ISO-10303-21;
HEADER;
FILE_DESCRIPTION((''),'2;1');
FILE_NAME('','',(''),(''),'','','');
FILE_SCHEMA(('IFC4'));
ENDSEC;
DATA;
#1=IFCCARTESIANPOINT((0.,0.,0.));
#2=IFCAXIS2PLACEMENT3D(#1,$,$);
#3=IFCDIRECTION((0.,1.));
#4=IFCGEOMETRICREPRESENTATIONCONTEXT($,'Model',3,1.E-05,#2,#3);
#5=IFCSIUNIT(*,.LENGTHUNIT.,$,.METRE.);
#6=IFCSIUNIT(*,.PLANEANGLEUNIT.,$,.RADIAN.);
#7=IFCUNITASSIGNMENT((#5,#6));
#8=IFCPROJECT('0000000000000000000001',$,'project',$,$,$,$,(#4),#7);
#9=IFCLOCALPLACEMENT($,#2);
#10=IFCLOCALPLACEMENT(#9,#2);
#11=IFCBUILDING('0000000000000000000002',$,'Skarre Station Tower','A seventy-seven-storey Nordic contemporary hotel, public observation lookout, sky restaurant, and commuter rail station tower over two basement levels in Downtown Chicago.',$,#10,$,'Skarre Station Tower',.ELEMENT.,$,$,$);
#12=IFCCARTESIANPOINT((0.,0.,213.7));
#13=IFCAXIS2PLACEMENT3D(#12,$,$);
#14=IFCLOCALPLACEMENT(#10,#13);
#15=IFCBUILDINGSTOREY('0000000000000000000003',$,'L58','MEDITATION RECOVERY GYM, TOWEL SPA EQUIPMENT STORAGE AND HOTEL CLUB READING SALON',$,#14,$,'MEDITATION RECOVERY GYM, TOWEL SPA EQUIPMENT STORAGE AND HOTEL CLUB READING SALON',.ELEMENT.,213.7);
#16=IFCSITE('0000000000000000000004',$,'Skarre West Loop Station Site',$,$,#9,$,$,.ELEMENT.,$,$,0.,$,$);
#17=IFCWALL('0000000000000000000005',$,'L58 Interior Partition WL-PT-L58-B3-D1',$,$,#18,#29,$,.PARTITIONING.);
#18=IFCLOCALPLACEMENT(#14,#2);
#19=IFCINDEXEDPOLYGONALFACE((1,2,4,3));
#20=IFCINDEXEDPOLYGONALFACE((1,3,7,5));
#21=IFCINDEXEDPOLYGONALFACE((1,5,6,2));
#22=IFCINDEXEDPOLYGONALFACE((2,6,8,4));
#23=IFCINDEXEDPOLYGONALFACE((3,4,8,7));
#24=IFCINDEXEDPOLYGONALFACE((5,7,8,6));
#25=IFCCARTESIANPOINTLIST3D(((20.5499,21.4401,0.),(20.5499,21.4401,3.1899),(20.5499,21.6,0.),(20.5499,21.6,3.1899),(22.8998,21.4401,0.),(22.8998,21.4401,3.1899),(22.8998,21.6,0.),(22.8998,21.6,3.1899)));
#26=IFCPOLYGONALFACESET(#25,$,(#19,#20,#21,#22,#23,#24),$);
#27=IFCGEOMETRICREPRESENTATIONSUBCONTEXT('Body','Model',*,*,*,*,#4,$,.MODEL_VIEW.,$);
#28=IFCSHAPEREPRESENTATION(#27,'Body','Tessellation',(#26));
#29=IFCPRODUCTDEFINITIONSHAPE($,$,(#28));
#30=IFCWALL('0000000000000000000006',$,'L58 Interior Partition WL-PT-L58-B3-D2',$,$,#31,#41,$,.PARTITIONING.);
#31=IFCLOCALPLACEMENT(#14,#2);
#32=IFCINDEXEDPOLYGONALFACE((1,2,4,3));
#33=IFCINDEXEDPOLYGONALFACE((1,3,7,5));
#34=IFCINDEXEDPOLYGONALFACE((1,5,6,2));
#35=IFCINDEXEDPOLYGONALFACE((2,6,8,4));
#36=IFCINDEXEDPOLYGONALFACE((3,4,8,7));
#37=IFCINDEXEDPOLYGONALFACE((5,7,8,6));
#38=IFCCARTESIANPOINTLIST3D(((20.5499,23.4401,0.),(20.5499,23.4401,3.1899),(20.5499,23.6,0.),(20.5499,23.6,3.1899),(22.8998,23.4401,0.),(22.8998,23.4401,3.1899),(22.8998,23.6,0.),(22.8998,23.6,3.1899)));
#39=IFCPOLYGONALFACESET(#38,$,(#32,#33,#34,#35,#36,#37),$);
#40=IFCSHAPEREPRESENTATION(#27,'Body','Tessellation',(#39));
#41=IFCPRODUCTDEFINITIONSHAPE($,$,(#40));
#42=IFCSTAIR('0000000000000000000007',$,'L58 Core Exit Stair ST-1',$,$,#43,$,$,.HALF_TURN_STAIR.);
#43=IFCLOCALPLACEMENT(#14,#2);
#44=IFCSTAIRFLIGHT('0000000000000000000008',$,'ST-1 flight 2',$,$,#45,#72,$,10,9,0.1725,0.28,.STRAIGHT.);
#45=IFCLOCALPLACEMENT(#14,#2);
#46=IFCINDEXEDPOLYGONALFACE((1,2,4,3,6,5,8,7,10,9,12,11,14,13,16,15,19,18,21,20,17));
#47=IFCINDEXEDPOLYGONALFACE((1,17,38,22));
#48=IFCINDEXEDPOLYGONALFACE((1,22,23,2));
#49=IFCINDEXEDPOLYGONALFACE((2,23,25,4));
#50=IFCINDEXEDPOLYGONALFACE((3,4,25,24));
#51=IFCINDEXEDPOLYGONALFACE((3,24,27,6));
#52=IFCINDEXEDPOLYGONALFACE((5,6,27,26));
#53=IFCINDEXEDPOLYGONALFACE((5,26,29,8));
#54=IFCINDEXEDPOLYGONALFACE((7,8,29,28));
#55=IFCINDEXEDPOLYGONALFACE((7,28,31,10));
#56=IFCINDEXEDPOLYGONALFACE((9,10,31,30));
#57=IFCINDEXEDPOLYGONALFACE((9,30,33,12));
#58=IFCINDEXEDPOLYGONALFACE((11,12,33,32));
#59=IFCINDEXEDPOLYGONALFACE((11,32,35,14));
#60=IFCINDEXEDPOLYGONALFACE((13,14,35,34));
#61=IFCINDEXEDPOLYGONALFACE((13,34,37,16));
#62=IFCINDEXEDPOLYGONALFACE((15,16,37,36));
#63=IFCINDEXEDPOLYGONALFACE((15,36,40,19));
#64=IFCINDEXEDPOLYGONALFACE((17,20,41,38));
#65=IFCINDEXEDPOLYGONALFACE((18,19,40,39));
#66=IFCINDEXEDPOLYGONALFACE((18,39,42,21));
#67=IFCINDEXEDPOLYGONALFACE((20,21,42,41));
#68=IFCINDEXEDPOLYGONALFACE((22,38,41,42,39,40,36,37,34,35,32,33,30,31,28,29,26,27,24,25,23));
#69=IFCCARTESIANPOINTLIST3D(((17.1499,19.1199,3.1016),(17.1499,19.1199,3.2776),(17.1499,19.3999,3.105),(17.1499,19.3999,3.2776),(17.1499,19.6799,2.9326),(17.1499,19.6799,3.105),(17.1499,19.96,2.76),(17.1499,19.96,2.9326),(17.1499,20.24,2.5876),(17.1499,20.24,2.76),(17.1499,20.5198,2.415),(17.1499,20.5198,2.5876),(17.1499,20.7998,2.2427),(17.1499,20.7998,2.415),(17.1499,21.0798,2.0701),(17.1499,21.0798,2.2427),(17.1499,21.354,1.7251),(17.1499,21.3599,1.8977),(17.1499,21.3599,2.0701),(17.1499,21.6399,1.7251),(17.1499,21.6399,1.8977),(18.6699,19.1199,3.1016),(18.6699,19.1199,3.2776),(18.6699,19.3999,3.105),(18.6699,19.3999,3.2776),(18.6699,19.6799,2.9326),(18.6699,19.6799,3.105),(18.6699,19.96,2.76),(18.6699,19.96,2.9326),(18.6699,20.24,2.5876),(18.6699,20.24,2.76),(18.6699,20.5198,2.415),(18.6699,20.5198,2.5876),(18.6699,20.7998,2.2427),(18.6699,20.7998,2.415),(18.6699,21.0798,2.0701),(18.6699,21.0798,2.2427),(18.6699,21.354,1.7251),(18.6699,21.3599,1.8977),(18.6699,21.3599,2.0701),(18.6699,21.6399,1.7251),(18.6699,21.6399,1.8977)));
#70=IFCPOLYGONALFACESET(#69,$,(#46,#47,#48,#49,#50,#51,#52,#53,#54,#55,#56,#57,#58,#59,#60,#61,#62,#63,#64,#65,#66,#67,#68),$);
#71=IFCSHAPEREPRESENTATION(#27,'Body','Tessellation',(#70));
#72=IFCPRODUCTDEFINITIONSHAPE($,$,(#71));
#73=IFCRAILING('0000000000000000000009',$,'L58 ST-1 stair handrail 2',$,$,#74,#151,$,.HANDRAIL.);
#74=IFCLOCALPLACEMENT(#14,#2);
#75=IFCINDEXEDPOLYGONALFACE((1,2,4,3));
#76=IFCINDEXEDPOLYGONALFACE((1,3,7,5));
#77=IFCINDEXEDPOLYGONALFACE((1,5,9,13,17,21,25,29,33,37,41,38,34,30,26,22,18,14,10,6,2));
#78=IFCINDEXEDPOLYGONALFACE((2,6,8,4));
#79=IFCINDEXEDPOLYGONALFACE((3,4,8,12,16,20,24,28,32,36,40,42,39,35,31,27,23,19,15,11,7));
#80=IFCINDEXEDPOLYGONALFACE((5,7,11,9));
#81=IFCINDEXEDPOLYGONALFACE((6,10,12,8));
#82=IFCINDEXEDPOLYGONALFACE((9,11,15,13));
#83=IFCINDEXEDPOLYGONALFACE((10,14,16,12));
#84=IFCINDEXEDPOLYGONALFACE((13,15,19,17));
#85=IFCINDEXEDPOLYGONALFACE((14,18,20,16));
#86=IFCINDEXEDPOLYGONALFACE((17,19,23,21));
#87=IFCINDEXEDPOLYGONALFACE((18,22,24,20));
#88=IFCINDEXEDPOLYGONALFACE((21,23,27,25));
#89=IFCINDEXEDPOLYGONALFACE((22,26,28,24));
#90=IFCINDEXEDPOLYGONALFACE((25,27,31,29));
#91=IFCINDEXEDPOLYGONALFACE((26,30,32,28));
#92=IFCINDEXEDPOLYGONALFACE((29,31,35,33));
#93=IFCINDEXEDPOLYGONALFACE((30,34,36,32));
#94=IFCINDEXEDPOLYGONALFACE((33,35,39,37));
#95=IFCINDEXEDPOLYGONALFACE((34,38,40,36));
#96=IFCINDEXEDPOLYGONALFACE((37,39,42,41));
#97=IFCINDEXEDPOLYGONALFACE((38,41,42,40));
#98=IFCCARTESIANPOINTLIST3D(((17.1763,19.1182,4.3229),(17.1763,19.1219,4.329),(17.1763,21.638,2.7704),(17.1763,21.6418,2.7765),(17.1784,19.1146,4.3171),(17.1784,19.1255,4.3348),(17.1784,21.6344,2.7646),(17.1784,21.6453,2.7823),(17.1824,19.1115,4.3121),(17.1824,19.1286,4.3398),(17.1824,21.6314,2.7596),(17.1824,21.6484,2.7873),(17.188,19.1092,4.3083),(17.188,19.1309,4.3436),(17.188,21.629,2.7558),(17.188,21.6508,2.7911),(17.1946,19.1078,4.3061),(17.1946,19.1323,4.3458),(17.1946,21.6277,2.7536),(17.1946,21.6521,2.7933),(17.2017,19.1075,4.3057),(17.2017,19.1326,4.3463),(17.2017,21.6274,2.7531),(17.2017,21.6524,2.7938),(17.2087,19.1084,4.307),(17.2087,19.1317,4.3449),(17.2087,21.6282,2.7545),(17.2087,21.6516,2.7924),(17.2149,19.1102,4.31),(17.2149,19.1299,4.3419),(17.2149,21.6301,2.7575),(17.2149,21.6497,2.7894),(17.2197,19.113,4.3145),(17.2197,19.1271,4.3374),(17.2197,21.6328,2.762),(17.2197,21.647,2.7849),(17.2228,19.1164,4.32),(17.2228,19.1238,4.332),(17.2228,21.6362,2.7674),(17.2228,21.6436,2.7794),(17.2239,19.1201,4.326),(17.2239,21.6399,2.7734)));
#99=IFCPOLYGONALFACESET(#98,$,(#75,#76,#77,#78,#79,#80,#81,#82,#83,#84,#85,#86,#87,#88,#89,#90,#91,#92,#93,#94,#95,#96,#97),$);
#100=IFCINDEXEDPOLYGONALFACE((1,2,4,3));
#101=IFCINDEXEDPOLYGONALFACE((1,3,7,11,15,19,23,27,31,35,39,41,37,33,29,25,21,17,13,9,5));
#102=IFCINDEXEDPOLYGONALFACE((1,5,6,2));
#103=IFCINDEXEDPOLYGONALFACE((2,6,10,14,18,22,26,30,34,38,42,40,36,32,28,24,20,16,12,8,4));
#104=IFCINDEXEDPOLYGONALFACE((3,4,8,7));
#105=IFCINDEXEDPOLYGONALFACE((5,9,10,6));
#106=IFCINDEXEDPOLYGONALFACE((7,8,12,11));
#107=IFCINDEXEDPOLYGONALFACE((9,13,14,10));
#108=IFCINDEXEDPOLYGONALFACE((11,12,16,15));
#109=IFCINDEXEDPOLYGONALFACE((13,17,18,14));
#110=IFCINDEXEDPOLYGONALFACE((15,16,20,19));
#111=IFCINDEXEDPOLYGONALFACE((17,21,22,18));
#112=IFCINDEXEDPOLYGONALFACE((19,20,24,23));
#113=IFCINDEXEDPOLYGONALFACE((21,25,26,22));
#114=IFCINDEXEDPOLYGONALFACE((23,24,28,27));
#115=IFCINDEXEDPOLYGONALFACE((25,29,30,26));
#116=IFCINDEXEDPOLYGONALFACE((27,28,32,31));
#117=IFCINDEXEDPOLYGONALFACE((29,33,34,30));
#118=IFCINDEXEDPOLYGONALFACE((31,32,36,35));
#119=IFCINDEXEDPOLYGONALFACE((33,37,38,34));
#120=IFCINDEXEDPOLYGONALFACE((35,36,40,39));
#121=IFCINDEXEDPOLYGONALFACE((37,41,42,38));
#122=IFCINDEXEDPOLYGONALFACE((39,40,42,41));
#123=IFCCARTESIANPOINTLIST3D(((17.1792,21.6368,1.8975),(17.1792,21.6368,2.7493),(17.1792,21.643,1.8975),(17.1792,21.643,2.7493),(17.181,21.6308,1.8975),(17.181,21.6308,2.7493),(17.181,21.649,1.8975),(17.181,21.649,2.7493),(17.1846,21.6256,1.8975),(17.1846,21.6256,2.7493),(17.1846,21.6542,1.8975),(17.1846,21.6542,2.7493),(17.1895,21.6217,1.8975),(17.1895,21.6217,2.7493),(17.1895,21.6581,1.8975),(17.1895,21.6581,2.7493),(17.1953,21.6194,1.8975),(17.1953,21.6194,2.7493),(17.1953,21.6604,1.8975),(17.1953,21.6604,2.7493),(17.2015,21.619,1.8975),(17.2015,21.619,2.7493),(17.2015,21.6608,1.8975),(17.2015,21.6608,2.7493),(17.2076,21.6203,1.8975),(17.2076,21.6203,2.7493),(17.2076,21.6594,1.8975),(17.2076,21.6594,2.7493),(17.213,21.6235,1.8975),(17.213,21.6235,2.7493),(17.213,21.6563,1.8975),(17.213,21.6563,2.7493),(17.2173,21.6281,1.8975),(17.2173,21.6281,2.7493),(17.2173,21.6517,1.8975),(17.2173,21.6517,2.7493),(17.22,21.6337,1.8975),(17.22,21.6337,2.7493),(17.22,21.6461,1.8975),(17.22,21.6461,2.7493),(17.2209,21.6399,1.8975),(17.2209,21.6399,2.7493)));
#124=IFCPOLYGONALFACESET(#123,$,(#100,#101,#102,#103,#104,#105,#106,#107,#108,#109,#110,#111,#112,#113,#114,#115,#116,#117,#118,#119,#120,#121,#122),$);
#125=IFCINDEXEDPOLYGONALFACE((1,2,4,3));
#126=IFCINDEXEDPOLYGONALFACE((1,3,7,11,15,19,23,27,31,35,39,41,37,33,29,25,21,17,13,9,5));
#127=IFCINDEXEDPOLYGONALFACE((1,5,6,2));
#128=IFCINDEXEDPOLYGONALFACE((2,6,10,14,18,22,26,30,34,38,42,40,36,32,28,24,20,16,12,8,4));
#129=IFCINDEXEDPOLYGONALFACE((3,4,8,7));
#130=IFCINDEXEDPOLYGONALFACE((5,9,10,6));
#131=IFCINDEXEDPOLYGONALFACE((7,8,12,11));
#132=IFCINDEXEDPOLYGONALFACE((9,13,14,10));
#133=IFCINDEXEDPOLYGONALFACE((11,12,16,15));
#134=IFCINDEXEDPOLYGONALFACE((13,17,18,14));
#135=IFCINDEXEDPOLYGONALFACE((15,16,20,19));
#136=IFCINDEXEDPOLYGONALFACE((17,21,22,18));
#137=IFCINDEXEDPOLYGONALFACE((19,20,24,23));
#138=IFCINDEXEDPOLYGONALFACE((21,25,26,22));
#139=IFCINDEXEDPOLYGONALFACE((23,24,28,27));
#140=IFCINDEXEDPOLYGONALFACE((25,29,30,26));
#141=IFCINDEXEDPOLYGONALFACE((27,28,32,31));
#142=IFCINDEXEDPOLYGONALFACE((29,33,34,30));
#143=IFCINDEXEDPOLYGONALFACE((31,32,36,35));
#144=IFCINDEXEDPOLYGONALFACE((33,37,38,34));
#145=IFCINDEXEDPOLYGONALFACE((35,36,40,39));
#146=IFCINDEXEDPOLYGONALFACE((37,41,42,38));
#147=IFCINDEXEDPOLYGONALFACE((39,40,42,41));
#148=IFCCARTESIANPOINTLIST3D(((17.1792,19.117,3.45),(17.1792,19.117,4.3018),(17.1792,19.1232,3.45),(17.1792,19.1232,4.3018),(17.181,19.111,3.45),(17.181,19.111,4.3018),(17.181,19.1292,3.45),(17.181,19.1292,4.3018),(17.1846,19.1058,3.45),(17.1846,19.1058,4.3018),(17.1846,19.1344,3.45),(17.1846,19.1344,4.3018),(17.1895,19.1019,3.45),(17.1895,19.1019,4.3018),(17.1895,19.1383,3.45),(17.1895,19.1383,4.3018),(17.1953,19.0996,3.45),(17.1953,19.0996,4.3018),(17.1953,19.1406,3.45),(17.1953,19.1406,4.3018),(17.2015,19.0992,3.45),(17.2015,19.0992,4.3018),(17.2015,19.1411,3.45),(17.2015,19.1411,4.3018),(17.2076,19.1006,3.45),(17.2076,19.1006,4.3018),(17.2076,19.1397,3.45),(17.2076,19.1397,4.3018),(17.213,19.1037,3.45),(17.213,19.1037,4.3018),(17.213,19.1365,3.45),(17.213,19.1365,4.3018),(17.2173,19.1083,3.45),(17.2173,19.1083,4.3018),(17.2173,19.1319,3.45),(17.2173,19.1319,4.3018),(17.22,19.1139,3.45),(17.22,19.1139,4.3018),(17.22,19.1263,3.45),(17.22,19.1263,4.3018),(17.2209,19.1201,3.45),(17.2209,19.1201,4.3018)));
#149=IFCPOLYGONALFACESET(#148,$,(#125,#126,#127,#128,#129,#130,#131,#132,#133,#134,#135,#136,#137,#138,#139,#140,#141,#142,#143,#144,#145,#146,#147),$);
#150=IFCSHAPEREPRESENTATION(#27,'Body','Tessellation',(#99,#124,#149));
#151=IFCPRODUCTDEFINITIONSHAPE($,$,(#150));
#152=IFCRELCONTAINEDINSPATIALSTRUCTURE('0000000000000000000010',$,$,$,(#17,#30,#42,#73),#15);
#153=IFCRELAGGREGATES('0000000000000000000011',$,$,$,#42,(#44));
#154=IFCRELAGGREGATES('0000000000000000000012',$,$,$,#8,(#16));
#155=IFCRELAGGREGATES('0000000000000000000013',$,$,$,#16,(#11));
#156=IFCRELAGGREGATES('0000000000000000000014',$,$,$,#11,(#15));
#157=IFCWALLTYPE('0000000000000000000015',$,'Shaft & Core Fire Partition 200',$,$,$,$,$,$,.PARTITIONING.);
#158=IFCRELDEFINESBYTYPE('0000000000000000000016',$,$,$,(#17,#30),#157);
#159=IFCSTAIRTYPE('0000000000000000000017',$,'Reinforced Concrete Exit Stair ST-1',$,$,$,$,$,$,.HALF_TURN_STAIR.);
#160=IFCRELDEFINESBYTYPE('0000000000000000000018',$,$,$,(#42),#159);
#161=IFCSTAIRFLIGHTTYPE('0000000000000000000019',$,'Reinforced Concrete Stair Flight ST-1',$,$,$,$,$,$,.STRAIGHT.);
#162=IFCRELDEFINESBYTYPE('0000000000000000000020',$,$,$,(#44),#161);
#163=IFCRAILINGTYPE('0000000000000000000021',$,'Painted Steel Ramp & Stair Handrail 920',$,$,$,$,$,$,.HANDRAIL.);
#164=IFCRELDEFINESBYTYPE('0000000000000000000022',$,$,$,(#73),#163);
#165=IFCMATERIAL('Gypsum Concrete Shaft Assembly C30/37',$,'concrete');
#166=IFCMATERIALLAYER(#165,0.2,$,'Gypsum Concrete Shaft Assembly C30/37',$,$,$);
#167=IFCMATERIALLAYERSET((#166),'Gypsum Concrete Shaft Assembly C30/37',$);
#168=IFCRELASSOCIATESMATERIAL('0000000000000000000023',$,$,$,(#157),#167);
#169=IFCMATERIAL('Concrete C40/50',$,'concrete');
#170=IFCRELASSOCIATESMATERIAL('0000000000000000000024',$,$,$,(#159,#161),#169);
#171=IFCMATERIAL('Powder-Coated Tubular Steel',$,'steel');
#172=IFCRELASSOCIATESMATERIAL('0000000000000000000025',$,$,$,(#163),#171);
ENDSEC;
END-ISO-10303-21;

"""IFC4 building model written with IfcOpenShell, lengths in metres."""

from ifc_helpers import new_model, si_unit, direction, frame, frame_2d, origin, origin_2d, place, context, subcontext, project, spatial, polyline, rectangle, circle, outline, extrude, material, layer, layer_set, type_object, element, aggregate, save


model = new_model("IFC4")

# Units and contexts
model_context = context("Model", 3, precision=1e-05, world=origin(), true_north=direction((0.0, 1.0)))
body_context = subcontext(model_context, "Body", "Model", "MODEL_VIEW")
ifc_project = project(units=[si_unit("LENGTHUNIT", "METRE"), si_unit("PLANEANGLEUNIT", "RADIAN")], contexts=[model_context])

# Site, building, storey
site_placement = place(None, origin())
site = spatial("IfcSite", under=ifc_project, at=site_placement, Name="Skarre West Loop Station Site", CompositionType="ELEMENT", RefElevation=0.0)
building_placement = place(site_placement, origin())
building = spatial("IfcBuilding", under=site, at=building_placement, Name="Skarre Station Tower", Description="A seventy-seven-storey Nordic contemporary hotel, public observation lookout, sky restaurant, and commuter rail station tower over two basement levels in Downtown Chicago.", LongName="Skarre Station Tower", CompositionType="ELEMENT")
storey_placement = place(building_placement, frame((0.0, 0.0, 213.7)))
storey = spatial("IfcBuildingStorey", under=building, at=storey_placement, Name="L58", Description="MEDITATION RECOVERY GYM, TOWEL SPA EQUIPMENT STORAGE AND HOTEL CLUB READING SALON", LongName="MEDITATION RECOVERY GYM, TOWEL SPA EQUIPMENT STORAGE AND HOTEL CLUB READING SALON", CompositionType="ELEMENT", Elevation=213.7)

# Shared definitions
ifc_material_1 = material(Name="Gypsum Concrete Shaft Assembly C30/37", Category="concrete")
ifc_layer_1 = layer(ifc_material_1, 0.2, Name="Gypsum Concrete Shaft Assembly C30/37")
ifc_layer_set_1 = layer_set([ifc_layer_1], Name="Gypsum Concrete Shaft Assembly C30/37")
wall_type_1 = type_object("IfcWallType", Name="Shaft & Core Fire Partition 200", PredefinedType="PARTITIONING", material=ifc_layer_set_1)

# Walls
for number, where, z_axis, x_axis, name in (
    (1, (20.55, 21.52, 0.0), (0.0, 0.0, 1.0), (1.0, 0.0, 0.0), "L58 Interior Partition WL-PT-L58-B3-D1"),
    (2, (20.55, 23.52, 0.0), (0.0, 0.0, 1.0), (1.0, 0.0, 0.0), "L58 Interior Partition WL-PT-L58-B3-D2"),
):
    element("IfcWall", number, at=place(storey_placement, frame(where, z_axis=z_axis, x_axis=x_axis)), inside=storey, type_object=wall_type_1, Name=name, PredefinedType="PARTITIONING", context=body_context, shape_type="SweptSolid", body=[
        extrude(rectangle(XDim=2.3499, YDim=0.1599, at=frame_2d((1.1748, 0.0))), origin(), (0.0, 0.0, 1.0), 3.1899),
    ])

# Stair, stair flight
ifc_material_2 = material(Name="Concrete C40/50", Category="concrete")
stair_type = type_object("IfcStairType", Name="Reinforced Concrete Exit Stair ST-1", PredefinedType="HALF_TURN_STAIR", material=ifc_material_2)
stair_placement = place(storey_placement, origin())
stair = element("IfcStair", 3, at=stair_placement, inside=storey, type_object=stair_type, Name="L58 Core Exit Stair ST-1", PredefinedType="HALF_TURN_STAIR")
stair_flight_type = type_object("IfcStairFlightType", Name="Reinforced Concrete Stair Flight ST-1", PredefinedType="STRAIGHT", material=ifc_material_2)
stair_flight_placement = place(storey_placement, frame((17.9099, 21.6399, 1.7251), z_axis=(0.0, 0.0, 1.0), x_axis=(0.0, -1.0, 0.0)))
stair_flight = element("IfcStairFlight", 4, at=stair_flight_placement, type_object=stair_flight_type, Name="ST-1 flight 2", NumberOfRisers=10, NumberOfTreads=9, PredefinedType="STRAIGHT", RiserHeight=0.1725, TreadLength=0.28, context=body_context, shape_type="SweptSolid", body=[
    extrude(outline(polyline([(0.0, 0.0), (0.0, 0.1726), (0.28, 0.1726), (0.28, 0.345), (0.5601, 0.345), (0.5601, 0.5176), (0.8401, 0.5176), (0.8401, 0.6899), (1.1201, 0.6899), (1.1201, 0.8625), (1.3999, 0.8625), (1.3999, 1.0349), (1.6799, 1.0349), (1.6799, 1.2075), (1.96, 1.2075), (1.96, 1.3799), (2.24, 1.3799), (2.24, 1.5525), (2.52, 1.5525), (2.52, 1.7251), (2.52, 1.3765), (0.2859, 0.0), (0.0, 0.0)])), frame((0.0, 0.76, 0.0), z_axis=(0.0, -1.0, 0.0), x_axis=(1.0, 0.0, 0.0)), (0.0, 0.0, 1.0), 1.52),
])
aggregate(stair, [stair_flight])

# Railing
ifc_material_3 = material(Name="Powder-Coated Tubular Steel", Category="steel")
railing_type_1 = type_object("IfcRailingType", Name="Painted Steel Ramp & Stair Handrail 920", PredefinedType="HANDRAIL", material=ifc_material_3)
railing_1_placement = place(storey_placement, frame((17.2, 21.6399, 1.8975)))
element("IfcRailing", 5, at=railing_1_placement, inside=storey, type_object=railing_type_1, Name="L58 ST-1 stair handrail 2", PredefinedType="HANDRAIL", context=body_context, shape_type="SweptSolid", body=[
    extrude(circle(Radius=0.0239, at=origin_2d()), frame((0.0, 0.0, 0.876), z_axis=(0.0, -0.851378, 0.524553), x_axis=(1.0, 0.0, 0.0)), (0.0, 0.0, 1.0), 2.9597),
    extrude(circle(Radius=0.021, at=origin_2d()), origin(), (0.0, 0.0, 1.0), 0.8518),
    extrude(circle(Radius=0.021, at=origin_2d()), frame((0.0, -2.5198, 1.5525)), (0.0, 0.0, 1.0), 0.8518),
])

save(model, "model.ifc")
